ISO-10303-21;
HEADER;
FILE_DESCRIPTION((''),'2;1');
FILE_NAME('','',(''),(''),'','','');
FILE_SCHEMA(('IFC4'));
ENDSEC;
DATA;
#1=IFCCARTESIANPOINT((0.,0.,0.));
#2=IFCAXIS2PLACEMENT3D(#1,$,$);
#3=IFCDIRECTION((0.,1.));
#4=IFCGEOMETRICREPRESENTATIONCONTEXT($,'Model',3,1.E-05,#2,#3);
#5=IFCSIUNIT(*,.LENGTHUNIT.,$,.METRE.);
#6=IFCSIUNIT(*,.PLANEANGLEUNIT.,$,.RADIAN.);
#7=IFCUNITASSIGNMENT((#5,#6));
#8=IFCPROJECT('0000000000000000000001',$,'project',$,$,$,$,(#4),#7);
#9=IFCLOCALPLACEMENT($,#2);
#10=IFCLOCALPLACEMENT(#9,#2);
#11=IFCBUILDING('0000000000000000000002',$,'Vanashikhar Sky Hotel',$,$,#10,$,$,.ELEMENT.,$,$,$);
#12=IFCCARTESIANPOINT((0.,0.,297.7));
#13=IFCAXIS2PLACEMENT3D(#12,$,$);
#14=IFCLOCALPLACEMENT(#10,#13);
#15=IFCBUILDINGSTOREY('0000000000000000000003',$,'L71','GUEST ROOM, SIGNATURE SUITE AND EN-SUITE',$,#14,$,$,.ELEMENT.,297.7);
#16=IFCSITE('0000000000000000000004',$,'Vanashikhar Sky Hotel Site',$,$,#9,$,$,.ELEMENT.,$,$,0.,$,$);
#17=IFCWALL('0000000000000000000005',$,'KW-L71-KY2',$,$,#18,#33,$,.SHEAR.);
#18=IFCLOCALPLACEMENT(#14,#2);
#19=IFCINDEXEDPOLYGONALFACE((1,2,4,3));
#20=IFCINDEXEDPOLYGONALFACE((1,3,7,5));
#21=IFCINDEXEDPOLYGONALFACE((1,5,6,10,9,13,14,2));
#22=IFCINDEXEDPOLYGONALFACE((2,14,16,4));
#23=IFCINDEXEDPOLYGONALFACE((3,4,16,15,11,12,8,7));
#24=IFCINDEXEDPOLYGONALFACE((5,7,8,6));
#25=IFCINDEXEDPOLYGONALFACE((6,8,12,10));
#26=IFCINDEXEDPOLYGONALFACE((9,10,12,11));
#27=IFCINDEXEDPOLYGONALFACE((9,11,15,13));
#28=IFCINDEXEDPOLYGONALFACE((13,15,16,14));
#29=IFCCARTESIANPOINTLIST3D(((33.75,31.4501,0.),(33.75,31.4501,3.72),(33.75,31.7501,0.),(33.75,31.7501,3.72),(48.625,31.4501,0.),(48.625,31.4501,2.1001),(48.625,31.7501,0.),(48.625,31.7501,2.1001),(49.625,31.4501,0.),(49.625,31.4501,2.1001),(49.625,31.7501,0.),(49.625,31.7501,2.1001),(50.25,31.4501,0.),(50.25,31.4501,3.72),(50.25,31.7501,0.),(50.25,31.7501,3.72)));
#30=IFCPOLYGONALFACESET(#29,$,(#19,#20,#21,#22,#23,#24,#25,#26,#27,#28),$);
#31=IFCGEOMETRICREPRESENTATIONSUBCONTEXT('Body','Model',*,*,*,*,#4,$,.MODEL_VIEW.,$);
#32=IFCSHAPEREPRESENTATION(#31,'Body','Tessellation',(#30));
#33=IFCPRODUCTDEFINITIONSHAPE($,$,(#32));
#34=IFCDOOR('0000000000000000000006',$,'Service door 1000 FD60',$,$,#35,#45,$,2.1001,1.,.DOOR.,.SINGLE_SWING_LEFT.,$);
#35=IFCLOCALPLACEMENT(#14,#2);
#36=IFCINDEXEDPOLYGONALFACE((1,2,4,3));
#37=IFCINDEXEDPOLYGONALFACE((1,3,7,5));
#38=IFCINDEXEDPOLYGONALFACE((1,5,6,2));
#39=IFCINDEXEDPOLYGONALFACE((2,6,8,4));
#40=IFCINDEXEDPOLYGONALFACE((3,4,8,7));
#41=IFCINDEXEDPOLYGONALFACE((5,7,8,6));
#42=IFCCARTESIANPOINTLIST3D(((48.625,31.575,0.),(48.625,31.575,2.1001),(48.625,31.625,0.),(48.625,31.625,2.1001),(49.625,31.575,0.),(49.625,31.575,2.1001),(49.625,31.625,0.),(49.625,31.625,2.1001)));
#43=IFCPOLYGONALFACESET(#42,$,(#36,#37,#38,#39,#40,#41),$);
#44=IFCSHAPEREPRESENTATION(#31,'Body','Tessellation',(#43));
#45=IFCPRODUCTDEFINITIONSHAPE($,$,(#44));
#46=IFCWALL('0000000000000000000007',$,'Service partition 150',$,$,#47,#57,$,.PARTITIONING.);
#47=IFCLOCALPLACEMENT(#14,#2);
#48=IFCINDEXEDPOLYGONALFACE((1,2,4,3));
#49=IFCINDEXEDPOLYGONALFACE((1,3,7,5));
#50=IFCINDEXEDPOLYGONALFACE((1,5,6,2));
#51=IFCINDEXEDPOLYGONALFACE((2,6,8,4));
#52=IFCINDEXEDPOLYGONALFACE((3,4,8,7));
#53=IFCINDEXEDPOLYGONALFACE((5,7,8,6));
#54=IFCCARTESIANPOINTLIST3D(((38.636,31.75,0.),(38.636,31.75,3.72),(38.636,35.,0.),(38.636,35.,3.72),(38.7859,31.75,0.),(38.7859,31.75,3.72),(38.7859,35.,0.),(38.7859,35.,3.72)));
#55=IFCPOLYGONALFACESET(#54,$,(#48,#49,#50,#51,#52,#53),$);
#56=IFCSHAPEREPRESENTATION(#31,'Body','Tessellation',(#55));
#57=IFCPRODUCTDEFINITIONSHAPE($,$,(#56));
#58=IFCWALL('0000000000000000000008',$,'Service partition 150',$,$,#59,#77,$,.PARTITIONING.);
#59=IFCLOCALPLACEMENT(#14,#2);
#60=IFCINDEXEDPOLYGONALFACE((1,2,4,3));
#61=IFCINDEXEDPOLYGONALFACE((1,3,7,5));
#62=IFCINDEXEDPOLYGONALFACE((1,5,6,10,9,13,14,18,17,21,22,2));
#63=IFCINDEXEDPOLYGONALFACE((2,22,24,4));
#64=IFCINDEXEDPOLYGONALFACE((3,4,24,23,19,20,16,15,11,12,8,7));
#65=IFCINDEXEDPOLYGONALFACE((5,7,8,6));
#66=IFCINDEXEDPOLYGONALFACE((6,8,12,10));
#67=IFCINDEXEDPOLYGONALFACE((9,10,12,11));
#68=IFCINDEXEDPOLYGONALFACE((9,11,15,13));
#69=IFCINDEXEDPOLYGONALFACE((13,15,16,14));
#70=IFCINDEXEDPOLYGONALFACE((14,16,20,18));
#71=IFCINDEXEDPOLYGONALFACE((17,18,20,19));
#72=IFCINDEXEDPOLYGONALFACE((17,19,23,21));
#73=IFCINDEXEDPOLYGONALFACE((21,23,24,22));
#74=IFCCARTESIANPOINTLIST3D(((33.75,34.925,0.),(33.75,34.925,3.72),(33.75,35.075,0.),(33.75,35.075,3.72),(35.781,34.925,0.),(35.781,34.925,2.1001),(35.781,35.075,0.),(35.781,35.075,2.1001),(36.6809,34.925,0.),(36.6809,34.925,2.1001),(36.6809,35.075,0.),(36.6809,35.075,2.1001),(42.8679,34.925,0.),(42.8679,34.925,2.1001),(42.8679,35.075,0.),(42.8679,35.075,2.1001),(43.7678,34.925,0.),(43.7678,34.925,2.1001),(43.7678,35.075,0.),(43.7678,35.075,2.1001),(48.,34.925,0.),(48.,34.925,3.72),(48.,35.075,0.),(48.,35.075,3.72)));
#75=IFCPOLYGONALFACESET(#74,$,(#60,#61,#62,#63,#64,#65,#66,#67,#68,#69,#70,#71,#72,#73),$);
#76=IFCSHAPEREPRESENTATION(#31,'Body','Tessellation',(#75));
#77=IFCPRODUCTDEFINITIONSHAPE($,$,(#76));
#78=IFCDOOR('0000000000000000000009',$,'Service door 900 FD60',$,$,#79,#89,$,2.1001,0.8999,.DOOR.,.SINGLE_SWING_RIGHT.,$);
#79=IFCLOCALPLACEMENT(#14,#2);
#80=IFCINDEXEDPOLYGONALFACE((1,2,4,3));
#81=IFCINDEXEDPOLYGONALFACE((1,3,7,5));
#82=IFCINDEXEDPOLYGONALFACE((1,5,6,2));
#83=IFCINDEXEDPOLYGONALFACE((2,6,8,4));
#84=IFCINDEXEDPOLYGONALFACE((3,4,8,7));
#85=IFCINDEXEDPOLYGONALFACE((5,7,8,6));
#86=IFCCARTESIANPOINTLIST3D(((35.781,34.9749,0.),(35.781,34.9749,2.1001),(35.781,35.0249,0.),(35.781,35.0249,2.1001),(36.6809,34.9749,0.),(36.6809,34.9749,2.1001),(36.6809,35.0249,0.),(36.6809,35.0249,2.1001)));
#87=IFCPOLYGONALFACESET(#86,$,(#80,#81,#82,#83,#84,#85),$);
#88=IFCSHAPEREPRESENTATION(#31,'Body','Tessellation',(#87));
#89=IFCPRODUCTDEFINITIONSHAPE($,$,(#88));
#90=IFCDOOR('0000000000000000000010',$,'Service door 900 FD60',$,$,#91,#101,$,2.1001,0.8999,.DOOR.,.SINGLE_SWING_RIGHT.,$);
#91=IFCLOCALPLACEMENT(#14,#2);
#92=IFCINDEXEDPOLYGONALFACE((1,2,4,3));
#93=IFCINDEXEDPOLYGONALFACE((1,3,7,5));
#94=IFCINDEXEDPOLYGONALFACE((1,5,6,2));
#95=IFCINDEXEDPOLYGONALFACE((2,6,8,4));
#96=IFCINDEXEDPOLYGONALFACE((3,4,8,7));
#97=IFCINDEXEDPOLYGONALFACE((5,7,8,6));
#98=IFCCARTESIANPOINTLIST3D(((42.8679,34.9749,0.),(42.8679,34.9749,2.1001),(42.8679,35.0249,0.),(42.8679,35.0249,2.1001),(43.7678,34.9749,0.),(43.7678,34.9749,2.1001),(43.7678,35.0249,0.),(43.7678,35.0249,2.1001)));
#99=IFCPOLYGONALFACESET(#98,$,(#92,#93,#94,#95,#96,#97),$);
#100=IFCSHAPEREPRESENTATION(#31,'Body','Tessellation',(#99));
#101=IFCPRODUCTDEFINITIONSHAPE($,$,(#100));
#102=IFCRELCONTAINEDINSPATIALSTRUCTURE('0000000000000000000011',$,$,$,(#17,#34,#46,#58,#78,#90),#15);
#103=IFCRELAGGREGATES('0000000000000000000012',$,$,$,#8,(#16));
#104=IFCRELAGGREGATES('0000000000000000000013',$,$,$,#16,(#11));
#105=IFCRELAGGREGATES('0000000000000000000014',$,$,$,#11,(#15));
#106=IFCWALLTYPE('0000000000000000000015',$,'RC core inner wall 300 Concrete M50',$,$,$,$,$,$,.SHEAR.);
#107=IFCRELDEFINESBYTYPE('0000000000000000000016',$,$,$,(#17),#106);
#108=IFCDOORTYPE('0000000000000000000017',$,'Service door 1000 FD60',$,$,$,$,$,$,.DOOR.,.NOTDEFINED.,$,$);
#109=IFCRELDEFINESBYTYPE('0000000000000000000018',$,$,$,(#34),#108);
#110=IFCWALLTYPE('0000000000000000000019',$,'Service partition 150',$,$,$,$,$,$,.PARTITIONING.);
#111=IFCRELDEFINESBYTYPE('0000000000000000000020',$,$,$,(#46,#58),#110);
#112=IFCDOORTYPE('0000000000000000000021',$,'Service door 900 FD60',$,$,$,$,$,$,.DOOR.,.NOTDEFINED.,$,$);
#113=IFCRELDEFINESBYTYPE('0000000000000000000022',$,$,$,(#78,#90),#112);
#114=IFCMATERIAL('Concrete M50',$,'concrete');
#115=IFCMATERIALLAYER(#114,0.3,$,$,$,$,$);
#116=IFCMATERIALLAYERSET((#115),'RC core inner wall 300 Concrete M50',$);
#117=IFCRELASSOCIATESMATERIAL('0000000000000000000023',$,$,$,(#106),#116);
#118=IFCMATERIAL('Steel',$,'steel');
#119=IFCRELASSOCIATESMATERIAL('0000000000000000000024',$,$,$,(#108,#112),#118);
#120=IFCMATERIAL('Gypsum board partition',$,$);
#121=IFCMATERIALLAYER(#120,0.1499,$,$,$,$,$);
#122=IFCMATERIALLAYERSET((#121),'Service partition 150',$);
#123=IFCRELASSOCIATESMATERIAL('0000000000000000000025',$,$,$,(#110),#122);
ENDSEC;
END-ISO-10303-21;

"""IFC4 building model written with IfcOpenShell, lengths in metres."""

from ifc_helpers import new_model, si_unit, direction, frame, frame_2d, origin, place, context, subcontext, project, spatial, rectangle, extrude, source, transform, mapped, material, layer, layer_set, type_object, element, fill, save


model = new_model("IFC4")

# Units and contexts
model_context = context("Model", 3, precision=1e-05, world=origin(), true_north=direction((0.0, 1.0)))
body_context = subcontext(model_context, "Body", "Model", "MODEL_VIEW")
ifc_project = project(units=[si_unit("LENGTHUNIT", "METRE"), si_unit("PLANEANGLEUNIT", "RADIAN")], contexts=[model_context])

# Site, building, storey
site_placement = place(None, origin())
site = spatial("IfcSite", under=ifc_project, at=site_placement, Name="Vanashikhar Sky Hotel Site", CompositionType="ELEMENT", RefElevation=0.0)
building_placement = place(site_placement, origin())
building = spatial("IfcBuilding", under=site, at=building_placement, Name="Vanashikhar Sky Hotel", CompositionType="ELEMENT")
storey_placement = place(building_placement, frame((0.0, 0.0, 297.7)))
storey = spatial("IfcBuildingStorey", under=building, at=storey_placement, Name="L71", Description="GUEST ROOM, SIGNATURE SUITE AND EN-SUITE", CompositionType="ELEMENT", Elevation=297.7)

# Wall, opening, door
ifc_material_1 = material(Name="Concrete M50", Category="concrete")
ifc_layer_1 = layer(ifc_material_1, 0.3)
ifc_layer_set_1 = layer_set([ifc_layer_1], Name="RC core inner wall 300 Concrete M50")
wall_type_1 = type_object("IfcWallType", Name="RC core inner wall 300 Concrete M50", PredefinedType="SHEAR", material=ifc_layer_set_1)
shared_shape_1 = source(origin(), body_context, "Body", "SweptSolid", [
    extrude(rectangle(XDim=16.5, YDim=0.3, at=frame_2d((8.25, 0.0))), origin(), (0.0, 0.0, 1.0), 3.72),
])
wall_1_placement = place(storey_placement, frame((33.75, 31.6001, 0.0), z_axis=(0.0, 0.0, 1.0), x_axis=(1.0, 0.0, 0.0)))
wall_1 = element("IfcWall", 1, at=wall_1_placement, inside=storey, type_object=wall_type_1, Name="KW-L71-KY2", PredefinedType="SHEAR", context=body_context, shape_type="MappedRepresentation", body=[
    mapped(shared_shape_1, transform((0.0, 0.0, 0.0), scale=1.0)),
])
shared_shape_2 = source(origin(), body_context, "Body", "SweptSolid", [
    extrude(rectangle(XDim=1.0, YDim=2.1001, at=frame_2d((0.5, 1.05))), frame((0.0, 0.1602, 0.0), z_axis=(0.0, -1.0, 0.0), x_axis=(1.0, 0.0, 0.0)), (0.0, 0.0, 1.0), 0.3201),
])
opening_1_placement = place(wall_1_placement, frame((14.875, 0.0, 0.0)))
opening_1 = element("IfcOpeningElement", 2, at=opening_1_placement, cuts=wall_1, PredefinedType="OPENING", context=body_context, shape_type="MappedRepresentation", body=[
    mapped(shared_shape_2, transform((0.0, 0.0, 0.0), scale=1.0)),
])
ifc_material_2 = material(Name="Steel", Category="steel")
door_type_1 = type_object("IfcDoorType", Name="Service door 1000 FD60", OperationType="NOTDEFINED", PredefinedType="DOOR", material=ifc_material_2)
shared_shape_3 = source(origin(), body_context, "Body", "SweptSolid", [
    extrude(rectangle(XDim=1.0, YDim=2.1001, at=frame_2d((0.5, 1.05))), frame((0.0, 0.0249, 0.0), z_axis=(0.0, -1.0, 0.0), x_axis=(1.0, 0.0, 0.0)), (0.0, 0.0, 1.0), 0.05),
])
door_1_placement = place(opening_1_placement, origin())
door_1 = element("IfcDoor", 3, at=door_1_placement, inside=storey, type_object=door_type_1, Name="Service door 1000 FD60", OperationType="SINGLE_SWING_LEFT", OverallHeight=2.1001, OverallWidth=1.0, PredefinedType="DOOR", context=body_context, shape_type="MappedRepresentation", body=[
    mapped(shared_shape_3, transform((0.0, 0.0, 0.0), scale=1.0)),
])
fill(opening_1, door_1)

# Wall
ifc_material_3 = material(Name="Gypsum board partition")
ifc_layer_2 = layer(ifc_material_3, 0.1499)
ifc_layer_set_2 = layer_set([ifc_layer_2], Name="Service partition 150")
wall_type_2 = type_object("IfcWallType", Name="Service partition 150", PredefinedType="PARTITIONING", material=ifc_layer_set_2)
shared_shape_4 = source(origin(), body_context, "Body", "SweptSolid", [
    extrude(rectangle(XDim=3.25, YDim=0.1499, at=frame_2d((1.625, 0.0))), origin(), (0.0, 0.0, 1.0), 3.72),
])
wall_2_placement = place(storey_placement, frame((38.7109, 31.75, 0.0), z_axis=(0.0, 0.0, 1.0), x_axis=(0.0, 1.0, 0.0)))
element("IfcWall", 4, at=wall_2_placement, inside=storey, type_object=wall_type_2, Name="Service partition 150", PredefinedType="PARTITIONING", context=body_context, shape_type="MappedRepresentation", body=[
    mapped(shared_shape_4, transform((0.0, 0.0, 0.0), scale=1.0)),
])

# Wall, openings, doors
shared_shape_5 = source(origin(), body_context, "Body", "SweptSolid", [
    extrude(rectangle(XDim=14.25, YDim=0.1499, at=frame_2d((7.125, 0.0))), origin(), (0.0, 0.0, 1.0), 3.72),
])
wall_3_placement = place(storey_placement, frame((33.75, 35.0, 0.0), z_axis=(0.0, 0.0, 1.0), x_axis=(1.0, 0.0, 0.0)))
wall_3 = element("IfcWall", 5, at=wall_3_placement, inside=storey, type_object=wall_type_2, Name="Service partition 150", PredefinedType="PARTITIONING", context=body_context, shape_type="MappedRepresentation", body=[
    mapped(shared_shape_5, transform((0.0, 0.0, 0.0), scale=1.0)),
])
shared_shape_6 = source(origin(), body_context, "Body", "SweptSolid", [
    extrude(rectangle(XDim=0.8999, YDim=2.1001, at=frame_2d((0.45, 1.05))), frame((0.0, 0.085, 0.0), z_axis=(0.0, -1.0, 0.0), x_axis=(1.0, 0.0, 0.0)), (0.0, 0.0, 1.0), 0.1699),
])
opening_2_placement = place(wall_3_placement, frame((2.031, 0.0, 0.0)))
opening_2 = element("IfcOpeningElement", 6, at=opening_2_placement, cuts=wall_3, PredefinedType="OPENING", context=body_context, shape_type="MappedRepresentation", body=[
    mapped(shared_shape_6, transform((0.0, 0.0, 0.0), scale=1.0)),
])
opening_3_placement = place(wall_3_placement, frame((9.1179, 0.0, 0.0)))
opening_3 = element("IfcOpeningElement", 7, at=opening_3_placement, cuts=wall_3, PredefinedType="OPENING", context=body_context, shape_type="MappedRepresentation", body=[
    mapped(shared_shape_6, transform((0.0, 0.0, 0.0), scale=1.0)),
])
door_type_2 = type_object("IfcDoorType", Name="Service door 900 FD60", OperationType="NOTDEFINED", PredefinedType="DOOR", material=ifc_material_2)
shared_shape_7 = source(origin(), body_context, "Body", "SweptSolid", [
    extrude(rectangle(XDim=0.8999, YDim=2.1001, at=frame_2d((0.45, 1.05))), frame((0.0, 0.0249, 0.0), z_axis=(0.0, -1.0, 0.0), x_axis=(1.0, 0.0, 0.0)), (0.0, 0.0, 1.0), 0.05),
])
door_2_placement = place(opening_2_placement, origin())
door_2 = element("IfcDoor", 8, at=door_2_placement, inside=storey, type_object=door_type_2, Name="Service door 900 FD60", OperationType="SINGLE_SWING_RIGHT", OverallHeight=2.1001, OverallWidth=0.8999, PredefinedType="DOOR", context=body_context, shape_type="MappedRepresentation", body=[
    mapped(shared_shape_7, transform((0.0, 0.0, 0.0), scale=1.0)),
])
fill(opening_2, door_2)
door_3_placement = place(opening_3_placement, origin())
door_3 = element("IfcDoor", 9, at=door_3_placement, inside=storey, type_object=door_type_2, Name="Service door 900 FD60", OperationType="SINGLE_SWING_RIGHT", OverallHeight=2.1001, OverallWidth=0.8999, PredefinedType="DOOR", context=body_context, shape_type="MappedRepresentation", body=[
    mapped(shared_shape_7, transform((0.0, 0.0, 0.0), scale=1.0)),
])
fill(opening_3, door_3)

save(model, "model.ifc")
